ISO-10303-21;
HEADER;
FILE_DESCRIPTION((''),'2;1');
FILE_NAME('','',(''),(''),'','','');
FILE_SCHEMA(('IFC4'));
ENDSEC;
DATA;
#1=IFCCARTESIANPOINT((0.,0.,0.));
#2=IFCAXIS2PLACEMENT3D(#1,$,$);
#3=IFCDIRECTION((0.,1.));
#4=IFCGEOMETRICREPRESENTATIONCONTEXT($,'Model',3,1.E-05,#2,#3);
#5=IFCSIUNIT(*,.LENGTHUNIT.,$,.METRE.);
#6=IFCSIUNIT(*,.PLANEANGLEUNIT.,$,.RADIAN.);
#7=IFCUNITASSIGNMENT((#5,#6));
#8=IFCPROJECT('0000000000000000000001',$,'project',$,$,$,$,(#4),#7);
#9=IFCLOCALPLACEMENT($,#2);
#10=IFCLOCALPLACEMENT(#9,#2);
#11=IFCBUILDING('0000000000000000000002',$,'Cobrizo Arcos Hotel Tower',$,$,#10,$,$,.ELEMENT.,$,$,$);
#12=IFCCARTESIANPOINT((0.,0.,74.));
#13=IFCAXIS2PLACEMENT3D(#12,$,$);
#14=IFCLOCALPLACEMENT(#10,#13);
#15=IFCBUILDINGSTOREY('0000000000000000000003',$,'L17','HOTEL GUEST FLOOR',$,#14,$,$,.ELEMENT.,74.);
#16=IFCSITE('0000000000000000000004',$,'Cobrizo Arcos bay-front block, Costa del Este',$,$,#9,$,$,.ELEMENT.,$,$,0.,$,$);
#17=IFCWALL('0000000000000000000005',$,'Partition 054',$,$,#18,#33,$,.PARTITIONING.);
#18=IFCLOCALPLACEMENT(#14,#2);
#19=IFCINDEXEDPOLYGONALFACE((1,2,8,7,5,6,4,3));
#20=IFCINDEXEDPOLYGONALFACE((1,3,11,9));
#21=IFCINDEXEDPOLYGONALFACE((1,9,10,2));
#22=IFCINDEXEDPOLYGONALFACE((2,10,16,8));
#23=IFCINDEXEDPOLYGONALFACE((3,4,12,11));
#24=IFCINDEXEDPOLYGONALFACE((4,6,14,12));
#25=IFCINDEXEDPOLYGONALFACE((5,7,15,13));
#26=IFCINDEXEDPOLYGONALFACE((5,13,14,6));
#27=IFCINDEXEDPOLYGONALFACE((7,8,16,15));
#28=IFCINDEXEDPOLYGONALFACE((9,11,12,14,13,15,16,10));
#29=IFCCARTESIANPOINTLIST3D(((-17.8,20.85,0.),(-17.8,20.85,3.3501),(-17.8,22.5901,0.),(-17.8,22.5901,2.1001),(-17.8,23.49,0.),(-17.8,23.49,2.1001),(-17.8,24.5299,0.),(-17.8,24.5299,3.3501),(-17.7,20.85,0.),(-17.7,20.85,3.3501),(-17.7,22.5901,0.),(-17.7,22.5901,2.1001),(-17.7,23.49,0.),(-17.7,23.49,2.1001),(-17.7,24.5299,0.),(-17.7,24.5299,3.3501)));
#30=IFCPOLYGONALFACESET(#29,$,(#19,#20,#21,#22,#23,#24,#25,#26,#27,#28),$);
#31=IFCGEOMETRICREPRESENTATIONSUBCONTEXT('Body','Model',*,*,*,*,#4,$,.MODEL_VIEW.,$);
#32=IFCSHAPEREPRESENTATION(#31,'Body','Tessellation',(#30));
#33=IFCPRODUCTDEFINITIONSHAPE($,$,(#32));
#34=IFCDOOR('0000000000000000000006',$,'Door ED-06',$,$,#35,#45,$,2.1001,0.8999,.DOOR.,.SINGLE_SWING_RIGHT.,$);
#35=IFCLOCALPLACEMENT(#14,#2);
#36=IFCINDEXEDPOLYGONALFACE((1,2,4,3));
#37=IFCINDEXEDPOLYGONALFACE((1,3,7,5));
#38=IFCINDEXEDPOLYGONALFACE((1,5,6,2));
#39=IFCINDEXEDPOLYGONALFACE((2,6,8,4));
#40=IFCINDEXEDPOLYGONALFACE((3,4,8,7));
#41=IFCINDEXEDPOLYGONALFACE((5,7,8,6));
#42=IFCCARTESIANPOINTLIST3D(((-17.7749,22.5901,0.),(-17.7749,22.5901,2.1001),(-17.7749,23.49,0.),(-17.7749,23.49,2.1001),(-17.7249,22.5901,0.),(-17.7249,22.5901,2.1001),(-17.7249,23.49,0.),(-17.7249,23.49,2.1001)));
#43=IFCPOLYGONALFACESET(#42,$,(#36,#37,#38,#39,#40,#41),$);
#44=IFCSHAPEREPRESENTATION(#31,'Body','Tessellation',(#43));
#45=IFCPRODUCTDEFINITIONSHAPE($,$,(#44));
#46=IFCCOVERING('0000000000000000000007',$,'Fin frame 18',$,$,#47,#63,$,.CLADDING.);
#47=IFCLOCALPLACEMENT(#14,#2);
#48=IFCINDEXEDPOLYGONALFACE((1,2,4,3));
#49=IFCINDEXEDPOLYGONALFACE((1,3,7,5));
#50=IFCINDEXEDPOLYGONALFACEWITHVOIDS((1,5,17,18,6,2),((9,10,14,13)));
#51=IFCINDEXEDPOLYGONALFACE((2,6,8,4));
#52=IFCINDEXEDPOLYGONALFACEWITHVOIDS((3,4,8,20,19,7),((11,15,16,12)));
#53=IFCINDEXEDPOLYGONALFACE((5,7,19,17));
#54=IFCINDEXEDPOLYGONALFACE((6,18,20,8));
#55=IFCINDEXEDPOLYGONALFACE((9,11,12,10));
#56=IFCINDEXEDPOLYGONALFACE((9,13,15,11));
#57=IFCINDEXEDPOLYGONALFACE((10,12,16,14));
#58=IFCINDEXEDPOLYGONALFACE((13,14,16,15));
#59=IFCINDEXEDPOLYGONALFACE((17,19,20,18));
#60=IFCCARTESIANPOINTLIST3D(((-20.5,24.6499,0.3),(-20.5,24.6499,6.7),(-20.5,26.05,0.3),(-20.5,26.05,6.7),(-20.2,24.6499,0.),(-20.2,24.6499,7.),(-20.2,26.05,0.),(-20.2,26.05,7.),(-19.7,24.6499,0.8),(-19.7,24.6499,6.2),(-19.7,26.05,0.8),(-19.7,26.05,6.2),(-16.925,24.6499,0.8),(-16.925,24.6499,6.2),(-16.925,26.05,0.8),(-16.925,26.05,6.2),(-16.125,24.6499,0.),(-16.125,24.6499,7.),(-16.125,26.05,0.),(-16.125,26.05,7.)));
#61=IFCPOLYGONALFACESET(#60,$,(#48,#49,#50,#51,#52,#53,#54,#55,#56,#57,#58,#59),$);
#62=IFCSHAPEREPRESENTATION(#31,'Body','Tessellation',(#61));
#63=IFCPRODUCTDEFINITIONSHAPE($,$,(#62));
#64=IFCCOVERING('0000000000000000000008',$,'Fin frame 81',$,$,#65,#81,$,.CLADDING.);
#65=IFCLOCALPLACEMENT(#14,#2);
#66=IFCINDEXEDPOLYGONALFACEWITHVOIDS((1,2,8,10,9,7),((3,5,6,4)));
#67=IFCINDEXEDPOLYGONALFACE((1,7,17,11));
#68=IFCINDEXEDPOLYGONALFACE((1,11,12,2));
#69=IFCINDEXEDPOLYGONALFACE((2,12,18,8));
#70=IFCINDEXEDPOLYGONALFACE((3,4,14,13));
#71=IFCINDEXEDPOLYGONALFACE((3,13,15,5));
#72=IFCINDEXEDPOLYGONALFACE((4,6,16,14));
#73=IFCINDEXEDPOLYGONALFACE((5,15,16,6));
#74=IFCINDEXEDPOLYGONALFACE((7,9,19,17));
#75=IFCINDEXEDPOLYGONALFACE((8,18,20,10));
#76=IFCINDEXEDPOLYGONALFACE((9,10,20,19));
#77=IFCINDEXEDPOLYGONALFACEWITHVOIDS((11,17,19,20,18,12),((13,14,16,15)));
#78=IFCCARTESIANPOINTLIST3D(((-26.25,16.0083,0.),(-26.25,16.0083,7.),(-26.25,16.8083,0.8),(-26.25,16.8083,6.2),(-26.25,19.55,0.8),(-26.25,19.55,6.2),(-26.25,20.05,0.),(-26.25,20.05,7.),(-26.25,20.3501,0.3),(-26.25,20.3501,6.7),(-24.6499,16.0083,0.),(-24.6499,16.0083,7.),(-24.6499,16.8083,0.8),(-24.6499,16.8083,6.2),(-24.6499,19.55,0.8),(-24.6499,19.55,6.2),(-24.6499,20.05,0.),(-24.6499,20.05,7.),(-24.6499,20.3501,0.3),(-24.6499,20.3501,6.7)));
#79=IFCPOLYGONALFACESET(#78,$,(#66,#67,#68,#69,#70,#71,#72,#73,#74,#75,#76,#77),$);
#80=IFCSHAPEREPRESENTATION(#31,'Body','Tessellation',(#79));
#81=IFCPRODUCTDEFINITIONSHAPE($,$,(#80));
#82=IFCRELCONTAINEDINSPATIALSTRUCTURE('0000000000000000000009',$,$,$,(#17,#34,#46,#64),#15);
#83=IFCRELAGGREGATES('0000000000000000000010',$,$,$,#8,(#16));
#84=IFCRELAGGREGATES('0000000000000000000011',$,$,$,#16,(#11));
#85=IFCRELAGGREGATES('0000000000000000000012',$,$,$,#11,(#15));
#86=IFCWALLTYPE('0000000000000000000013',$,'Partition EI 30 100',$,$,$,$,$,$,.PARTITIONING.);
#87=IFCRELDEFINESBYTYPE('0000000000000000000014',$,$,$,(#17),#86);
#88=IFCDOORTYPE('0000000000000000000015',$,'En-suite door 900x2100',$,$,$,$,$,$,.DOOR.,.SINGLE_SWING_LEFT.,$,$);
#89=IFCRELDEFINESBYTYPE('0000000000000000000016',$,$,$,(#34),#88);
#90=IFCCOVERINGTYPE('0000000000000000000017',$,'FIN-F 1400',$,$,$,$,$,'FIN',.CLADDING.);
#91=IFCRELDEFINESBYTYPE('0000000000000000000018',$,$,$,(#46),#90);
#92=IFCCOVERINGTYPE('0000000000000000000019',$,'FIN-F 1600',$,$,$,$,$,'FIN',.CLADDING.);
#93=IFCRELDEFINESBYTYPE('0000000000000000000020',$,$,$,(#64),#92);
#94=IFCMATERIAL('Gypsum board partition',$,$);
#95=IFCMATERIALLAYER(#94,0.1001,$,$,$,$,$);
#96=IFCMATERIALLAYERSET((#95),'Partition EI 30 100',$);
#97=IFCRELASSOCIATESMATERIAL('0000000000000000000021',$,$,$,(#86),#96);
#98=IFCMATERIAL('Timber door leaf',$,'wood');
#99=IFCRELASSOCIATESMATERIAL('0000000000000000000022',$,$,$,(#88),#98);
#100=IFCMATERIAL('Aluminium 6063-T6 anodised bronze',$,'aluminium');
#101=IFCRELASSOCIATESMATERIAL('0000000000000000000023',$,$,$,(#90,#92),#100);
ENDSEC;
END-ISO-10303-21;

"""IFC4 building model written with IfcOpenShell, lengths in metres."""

from ifc_helpers import new_model, si_unit, direction, frame, frame_2d, origin, place, context, subcontext, project, spatial, polyline, rectangle, outline, extrude, material, layer, layer_set, type_object, element, fill, save


model = new_model("IFC4")

# Units and contexts
model_context = context("Model", 3, precision=1e-05, world=origin(), true_north=direction((0.0, 1.0)))
body_context = subcontext(model_context, "Body", "Model", "MODEL_VIEW")
ifc_project = project(units=[si_unit("LENGTHUNIT", "METRE"), si_unit("PLANEANGLEUNIT", "RADIAN")], contexts=[model_context])

# Site, building, storey
site_placement = place(None, origin())
site = spatial("IfcSite", under=ifc_project, at=site_placement, Name="Cobrizo Arcos bay-front block, Costa del Este", CompositionType="ELEMENT", RefElevation=0.0)
building_placement = place(site_placement, origin())
building = spatial("IfcBuilding", under=site, at=building_placement, Name="Cobrizo Arcos Hotel Tower", CompositionType="ELEMENT")
storey_placement = place(building_placement, frame((0.0, 0.0, 74.0)))
storey = spatial("IfcBuildingStorey", under=building, at=storey_placement, Name="L17", Description="HOTEL GUEST FLOOR", CompositionType="ELEMENT", Elevation=74.0)

# Shared definitions
ifc_material_1 = material(Name="Aluminium 6063-T6 anodised bronze", Category="aluminium")

# Shared definitions
ifc_material_2 = material(Name="Gypsum board partition")
ifc_layer_1 = layer(ifc_material_2, 0.1001)
ifc_layer_set_1 = layer_set([ifc_layer_1], Name="Partition EI 30 100")
wall_type = type_object("IfcWallType", Name="Partition EI 30 100", PredefinedType="PARTITIONING", material=ifc_layer_set_1)
ifc_material_3 = material(Name="Timber door leaf", Category="wood")

# Wall, opening, door
wall_1_placement = place(storey_placement, frame((-17.75, 20.8501, 0.0), z_axis=(0.0, 0.0, 1.0), x_axis=(0.0, 1.0, 0.0)))
wall_1 = element("IfcWall", 1, at=wall_1_placement, inside=storey, type_object=wall_type, Name="Partition 054", PredefinedType="PARTITIONING", context=body_context, shape_type="SweptSolid", body=[
    extrude(rectangle(XDim=3.6799, YDim=0.1001, at=frame_2d((1.8398, 0.0))), origin(), (0.0, 0.0, 1.0), 3.3501),
])
opening_1_placement = place(wall_1_placement, frame((1.74, 0.0, 0.0)))
opening_1 = element("IfcOpeningElement", 2, at=opening_1_placement, cuts=wall_1, PredefinedType="OPENING", context=body_context, shape_type="SweptSolid", body=[
    extrude(rectangle(XDim=0.8999, YDim=2.1001, at=frame_2d((0.45, 1.05))), frame((0.0, 0.062, 0.0), z_axis=(0.0, -1.0, 0.0), x_axis=(1.0, 0.0, 0.0)), (0.0, 0.0, 1.0), 0.124),
])
door_type_1 = type_object("IfcDoorType", Name="En-suite door 900x2100", OperationType="SINGLE_SWING_LEFT", PredefinedType="DOOR", material=ifc_material_3)
door_1_placement = place(opening_1_placement, origin())
door_1 = element("IfcDoor", 3, at=door_1_placement, inside=storey, type_object=door_type_1, Name="Door ED-06", OperationType="SINGLE_SWING_RIGHT", OverallHeight=2.1001, OverallWidth=0.8999, PredefinedType="DOOR", context=body_context, shape_type="SweptSolid", body=[
    extrude(rectangle(XDim=0.8999, YDim=2.1001, at=frame_2d((0.45, 1.05))), frame((0.0, 0.0249, 0.0), z_axis=(0.0, -1.0, 0.0), x_axis=(1.0, 0.0, 0.0)), (0.0, 0.0, 1.0), 0.05),
])
fill(opening_1, door_1)

# Coverings
covering_type_1 = type_object("IfcCoveringType", Name="FIN-F 1400", ElementType="FIN", PredefinedType="CLADDING", material=ifc_material_1)
covering_1_placement = place(storey_placement, frame((-16.125, 24.6499, 0.0), z_axis=(0.0, 1.0, 0.0), x_axis=(-1.0, 0.0, 0.0)))
element("IfcCovering", 4, at=covering_1_placement, inside=storey, type_object=covering_type_1, Name="Fin frame 18", PredefinedType="CLADDING", context=body_context, shape_type="SweptSolid", body=[
    extrude(outline(polyline([(0.0, 7.0), (0.0, 0.0), (4.075, 0.0), (4.375, 0.3), (4.375, 6.7), (4.075, 7.0), (0.0, 7.0)]), holes=[polyline([(3.575, 0.8), (0.8, 0.8), (0.8, 6.2), (3.575, 6.2), (3.575, 0.8)])]), origin(), (0.0, 0.0, 1.0), 1.4001),
])
covering_type_2 = type_object("IfcCoveringType", Name="FIN-F 1600", ElementType="FIN", PredefinedType="CLADDING", material=ifc_material_1)
covering_2_placement = place(storey_placement, frame((-24.6499, 20.3501, 0.0), z_axis=(-1.0, 0.0, 0.0), x_axis=(0.0, -1.0, 0.0)))
element("IfcCovering", 5, at=covering_2_placement, inside=storey, type_object=covering_type_2, Name="Fin frame 81", PredefinedType="CLADDING", context=body_context, shape_type="SweptSolid", body=[
    extrude(outline(polyline([(0.0, 0.3), (0.3, 0.0), (4.3418, 0.0), (4.3418, 7.0), (0.3, 7.0), (0.0, 6.7), (0.0, 0.3)]), holes=[polyline([(3.5417, 0.8), (0.8, 0.8), (0.8, 6.2), (3.5417, 6.2), (3.5417, 0.8)])]), origin(), (0.0, 0.0, 1.0), 1.6001),
])

save(model, "model.ifc")
